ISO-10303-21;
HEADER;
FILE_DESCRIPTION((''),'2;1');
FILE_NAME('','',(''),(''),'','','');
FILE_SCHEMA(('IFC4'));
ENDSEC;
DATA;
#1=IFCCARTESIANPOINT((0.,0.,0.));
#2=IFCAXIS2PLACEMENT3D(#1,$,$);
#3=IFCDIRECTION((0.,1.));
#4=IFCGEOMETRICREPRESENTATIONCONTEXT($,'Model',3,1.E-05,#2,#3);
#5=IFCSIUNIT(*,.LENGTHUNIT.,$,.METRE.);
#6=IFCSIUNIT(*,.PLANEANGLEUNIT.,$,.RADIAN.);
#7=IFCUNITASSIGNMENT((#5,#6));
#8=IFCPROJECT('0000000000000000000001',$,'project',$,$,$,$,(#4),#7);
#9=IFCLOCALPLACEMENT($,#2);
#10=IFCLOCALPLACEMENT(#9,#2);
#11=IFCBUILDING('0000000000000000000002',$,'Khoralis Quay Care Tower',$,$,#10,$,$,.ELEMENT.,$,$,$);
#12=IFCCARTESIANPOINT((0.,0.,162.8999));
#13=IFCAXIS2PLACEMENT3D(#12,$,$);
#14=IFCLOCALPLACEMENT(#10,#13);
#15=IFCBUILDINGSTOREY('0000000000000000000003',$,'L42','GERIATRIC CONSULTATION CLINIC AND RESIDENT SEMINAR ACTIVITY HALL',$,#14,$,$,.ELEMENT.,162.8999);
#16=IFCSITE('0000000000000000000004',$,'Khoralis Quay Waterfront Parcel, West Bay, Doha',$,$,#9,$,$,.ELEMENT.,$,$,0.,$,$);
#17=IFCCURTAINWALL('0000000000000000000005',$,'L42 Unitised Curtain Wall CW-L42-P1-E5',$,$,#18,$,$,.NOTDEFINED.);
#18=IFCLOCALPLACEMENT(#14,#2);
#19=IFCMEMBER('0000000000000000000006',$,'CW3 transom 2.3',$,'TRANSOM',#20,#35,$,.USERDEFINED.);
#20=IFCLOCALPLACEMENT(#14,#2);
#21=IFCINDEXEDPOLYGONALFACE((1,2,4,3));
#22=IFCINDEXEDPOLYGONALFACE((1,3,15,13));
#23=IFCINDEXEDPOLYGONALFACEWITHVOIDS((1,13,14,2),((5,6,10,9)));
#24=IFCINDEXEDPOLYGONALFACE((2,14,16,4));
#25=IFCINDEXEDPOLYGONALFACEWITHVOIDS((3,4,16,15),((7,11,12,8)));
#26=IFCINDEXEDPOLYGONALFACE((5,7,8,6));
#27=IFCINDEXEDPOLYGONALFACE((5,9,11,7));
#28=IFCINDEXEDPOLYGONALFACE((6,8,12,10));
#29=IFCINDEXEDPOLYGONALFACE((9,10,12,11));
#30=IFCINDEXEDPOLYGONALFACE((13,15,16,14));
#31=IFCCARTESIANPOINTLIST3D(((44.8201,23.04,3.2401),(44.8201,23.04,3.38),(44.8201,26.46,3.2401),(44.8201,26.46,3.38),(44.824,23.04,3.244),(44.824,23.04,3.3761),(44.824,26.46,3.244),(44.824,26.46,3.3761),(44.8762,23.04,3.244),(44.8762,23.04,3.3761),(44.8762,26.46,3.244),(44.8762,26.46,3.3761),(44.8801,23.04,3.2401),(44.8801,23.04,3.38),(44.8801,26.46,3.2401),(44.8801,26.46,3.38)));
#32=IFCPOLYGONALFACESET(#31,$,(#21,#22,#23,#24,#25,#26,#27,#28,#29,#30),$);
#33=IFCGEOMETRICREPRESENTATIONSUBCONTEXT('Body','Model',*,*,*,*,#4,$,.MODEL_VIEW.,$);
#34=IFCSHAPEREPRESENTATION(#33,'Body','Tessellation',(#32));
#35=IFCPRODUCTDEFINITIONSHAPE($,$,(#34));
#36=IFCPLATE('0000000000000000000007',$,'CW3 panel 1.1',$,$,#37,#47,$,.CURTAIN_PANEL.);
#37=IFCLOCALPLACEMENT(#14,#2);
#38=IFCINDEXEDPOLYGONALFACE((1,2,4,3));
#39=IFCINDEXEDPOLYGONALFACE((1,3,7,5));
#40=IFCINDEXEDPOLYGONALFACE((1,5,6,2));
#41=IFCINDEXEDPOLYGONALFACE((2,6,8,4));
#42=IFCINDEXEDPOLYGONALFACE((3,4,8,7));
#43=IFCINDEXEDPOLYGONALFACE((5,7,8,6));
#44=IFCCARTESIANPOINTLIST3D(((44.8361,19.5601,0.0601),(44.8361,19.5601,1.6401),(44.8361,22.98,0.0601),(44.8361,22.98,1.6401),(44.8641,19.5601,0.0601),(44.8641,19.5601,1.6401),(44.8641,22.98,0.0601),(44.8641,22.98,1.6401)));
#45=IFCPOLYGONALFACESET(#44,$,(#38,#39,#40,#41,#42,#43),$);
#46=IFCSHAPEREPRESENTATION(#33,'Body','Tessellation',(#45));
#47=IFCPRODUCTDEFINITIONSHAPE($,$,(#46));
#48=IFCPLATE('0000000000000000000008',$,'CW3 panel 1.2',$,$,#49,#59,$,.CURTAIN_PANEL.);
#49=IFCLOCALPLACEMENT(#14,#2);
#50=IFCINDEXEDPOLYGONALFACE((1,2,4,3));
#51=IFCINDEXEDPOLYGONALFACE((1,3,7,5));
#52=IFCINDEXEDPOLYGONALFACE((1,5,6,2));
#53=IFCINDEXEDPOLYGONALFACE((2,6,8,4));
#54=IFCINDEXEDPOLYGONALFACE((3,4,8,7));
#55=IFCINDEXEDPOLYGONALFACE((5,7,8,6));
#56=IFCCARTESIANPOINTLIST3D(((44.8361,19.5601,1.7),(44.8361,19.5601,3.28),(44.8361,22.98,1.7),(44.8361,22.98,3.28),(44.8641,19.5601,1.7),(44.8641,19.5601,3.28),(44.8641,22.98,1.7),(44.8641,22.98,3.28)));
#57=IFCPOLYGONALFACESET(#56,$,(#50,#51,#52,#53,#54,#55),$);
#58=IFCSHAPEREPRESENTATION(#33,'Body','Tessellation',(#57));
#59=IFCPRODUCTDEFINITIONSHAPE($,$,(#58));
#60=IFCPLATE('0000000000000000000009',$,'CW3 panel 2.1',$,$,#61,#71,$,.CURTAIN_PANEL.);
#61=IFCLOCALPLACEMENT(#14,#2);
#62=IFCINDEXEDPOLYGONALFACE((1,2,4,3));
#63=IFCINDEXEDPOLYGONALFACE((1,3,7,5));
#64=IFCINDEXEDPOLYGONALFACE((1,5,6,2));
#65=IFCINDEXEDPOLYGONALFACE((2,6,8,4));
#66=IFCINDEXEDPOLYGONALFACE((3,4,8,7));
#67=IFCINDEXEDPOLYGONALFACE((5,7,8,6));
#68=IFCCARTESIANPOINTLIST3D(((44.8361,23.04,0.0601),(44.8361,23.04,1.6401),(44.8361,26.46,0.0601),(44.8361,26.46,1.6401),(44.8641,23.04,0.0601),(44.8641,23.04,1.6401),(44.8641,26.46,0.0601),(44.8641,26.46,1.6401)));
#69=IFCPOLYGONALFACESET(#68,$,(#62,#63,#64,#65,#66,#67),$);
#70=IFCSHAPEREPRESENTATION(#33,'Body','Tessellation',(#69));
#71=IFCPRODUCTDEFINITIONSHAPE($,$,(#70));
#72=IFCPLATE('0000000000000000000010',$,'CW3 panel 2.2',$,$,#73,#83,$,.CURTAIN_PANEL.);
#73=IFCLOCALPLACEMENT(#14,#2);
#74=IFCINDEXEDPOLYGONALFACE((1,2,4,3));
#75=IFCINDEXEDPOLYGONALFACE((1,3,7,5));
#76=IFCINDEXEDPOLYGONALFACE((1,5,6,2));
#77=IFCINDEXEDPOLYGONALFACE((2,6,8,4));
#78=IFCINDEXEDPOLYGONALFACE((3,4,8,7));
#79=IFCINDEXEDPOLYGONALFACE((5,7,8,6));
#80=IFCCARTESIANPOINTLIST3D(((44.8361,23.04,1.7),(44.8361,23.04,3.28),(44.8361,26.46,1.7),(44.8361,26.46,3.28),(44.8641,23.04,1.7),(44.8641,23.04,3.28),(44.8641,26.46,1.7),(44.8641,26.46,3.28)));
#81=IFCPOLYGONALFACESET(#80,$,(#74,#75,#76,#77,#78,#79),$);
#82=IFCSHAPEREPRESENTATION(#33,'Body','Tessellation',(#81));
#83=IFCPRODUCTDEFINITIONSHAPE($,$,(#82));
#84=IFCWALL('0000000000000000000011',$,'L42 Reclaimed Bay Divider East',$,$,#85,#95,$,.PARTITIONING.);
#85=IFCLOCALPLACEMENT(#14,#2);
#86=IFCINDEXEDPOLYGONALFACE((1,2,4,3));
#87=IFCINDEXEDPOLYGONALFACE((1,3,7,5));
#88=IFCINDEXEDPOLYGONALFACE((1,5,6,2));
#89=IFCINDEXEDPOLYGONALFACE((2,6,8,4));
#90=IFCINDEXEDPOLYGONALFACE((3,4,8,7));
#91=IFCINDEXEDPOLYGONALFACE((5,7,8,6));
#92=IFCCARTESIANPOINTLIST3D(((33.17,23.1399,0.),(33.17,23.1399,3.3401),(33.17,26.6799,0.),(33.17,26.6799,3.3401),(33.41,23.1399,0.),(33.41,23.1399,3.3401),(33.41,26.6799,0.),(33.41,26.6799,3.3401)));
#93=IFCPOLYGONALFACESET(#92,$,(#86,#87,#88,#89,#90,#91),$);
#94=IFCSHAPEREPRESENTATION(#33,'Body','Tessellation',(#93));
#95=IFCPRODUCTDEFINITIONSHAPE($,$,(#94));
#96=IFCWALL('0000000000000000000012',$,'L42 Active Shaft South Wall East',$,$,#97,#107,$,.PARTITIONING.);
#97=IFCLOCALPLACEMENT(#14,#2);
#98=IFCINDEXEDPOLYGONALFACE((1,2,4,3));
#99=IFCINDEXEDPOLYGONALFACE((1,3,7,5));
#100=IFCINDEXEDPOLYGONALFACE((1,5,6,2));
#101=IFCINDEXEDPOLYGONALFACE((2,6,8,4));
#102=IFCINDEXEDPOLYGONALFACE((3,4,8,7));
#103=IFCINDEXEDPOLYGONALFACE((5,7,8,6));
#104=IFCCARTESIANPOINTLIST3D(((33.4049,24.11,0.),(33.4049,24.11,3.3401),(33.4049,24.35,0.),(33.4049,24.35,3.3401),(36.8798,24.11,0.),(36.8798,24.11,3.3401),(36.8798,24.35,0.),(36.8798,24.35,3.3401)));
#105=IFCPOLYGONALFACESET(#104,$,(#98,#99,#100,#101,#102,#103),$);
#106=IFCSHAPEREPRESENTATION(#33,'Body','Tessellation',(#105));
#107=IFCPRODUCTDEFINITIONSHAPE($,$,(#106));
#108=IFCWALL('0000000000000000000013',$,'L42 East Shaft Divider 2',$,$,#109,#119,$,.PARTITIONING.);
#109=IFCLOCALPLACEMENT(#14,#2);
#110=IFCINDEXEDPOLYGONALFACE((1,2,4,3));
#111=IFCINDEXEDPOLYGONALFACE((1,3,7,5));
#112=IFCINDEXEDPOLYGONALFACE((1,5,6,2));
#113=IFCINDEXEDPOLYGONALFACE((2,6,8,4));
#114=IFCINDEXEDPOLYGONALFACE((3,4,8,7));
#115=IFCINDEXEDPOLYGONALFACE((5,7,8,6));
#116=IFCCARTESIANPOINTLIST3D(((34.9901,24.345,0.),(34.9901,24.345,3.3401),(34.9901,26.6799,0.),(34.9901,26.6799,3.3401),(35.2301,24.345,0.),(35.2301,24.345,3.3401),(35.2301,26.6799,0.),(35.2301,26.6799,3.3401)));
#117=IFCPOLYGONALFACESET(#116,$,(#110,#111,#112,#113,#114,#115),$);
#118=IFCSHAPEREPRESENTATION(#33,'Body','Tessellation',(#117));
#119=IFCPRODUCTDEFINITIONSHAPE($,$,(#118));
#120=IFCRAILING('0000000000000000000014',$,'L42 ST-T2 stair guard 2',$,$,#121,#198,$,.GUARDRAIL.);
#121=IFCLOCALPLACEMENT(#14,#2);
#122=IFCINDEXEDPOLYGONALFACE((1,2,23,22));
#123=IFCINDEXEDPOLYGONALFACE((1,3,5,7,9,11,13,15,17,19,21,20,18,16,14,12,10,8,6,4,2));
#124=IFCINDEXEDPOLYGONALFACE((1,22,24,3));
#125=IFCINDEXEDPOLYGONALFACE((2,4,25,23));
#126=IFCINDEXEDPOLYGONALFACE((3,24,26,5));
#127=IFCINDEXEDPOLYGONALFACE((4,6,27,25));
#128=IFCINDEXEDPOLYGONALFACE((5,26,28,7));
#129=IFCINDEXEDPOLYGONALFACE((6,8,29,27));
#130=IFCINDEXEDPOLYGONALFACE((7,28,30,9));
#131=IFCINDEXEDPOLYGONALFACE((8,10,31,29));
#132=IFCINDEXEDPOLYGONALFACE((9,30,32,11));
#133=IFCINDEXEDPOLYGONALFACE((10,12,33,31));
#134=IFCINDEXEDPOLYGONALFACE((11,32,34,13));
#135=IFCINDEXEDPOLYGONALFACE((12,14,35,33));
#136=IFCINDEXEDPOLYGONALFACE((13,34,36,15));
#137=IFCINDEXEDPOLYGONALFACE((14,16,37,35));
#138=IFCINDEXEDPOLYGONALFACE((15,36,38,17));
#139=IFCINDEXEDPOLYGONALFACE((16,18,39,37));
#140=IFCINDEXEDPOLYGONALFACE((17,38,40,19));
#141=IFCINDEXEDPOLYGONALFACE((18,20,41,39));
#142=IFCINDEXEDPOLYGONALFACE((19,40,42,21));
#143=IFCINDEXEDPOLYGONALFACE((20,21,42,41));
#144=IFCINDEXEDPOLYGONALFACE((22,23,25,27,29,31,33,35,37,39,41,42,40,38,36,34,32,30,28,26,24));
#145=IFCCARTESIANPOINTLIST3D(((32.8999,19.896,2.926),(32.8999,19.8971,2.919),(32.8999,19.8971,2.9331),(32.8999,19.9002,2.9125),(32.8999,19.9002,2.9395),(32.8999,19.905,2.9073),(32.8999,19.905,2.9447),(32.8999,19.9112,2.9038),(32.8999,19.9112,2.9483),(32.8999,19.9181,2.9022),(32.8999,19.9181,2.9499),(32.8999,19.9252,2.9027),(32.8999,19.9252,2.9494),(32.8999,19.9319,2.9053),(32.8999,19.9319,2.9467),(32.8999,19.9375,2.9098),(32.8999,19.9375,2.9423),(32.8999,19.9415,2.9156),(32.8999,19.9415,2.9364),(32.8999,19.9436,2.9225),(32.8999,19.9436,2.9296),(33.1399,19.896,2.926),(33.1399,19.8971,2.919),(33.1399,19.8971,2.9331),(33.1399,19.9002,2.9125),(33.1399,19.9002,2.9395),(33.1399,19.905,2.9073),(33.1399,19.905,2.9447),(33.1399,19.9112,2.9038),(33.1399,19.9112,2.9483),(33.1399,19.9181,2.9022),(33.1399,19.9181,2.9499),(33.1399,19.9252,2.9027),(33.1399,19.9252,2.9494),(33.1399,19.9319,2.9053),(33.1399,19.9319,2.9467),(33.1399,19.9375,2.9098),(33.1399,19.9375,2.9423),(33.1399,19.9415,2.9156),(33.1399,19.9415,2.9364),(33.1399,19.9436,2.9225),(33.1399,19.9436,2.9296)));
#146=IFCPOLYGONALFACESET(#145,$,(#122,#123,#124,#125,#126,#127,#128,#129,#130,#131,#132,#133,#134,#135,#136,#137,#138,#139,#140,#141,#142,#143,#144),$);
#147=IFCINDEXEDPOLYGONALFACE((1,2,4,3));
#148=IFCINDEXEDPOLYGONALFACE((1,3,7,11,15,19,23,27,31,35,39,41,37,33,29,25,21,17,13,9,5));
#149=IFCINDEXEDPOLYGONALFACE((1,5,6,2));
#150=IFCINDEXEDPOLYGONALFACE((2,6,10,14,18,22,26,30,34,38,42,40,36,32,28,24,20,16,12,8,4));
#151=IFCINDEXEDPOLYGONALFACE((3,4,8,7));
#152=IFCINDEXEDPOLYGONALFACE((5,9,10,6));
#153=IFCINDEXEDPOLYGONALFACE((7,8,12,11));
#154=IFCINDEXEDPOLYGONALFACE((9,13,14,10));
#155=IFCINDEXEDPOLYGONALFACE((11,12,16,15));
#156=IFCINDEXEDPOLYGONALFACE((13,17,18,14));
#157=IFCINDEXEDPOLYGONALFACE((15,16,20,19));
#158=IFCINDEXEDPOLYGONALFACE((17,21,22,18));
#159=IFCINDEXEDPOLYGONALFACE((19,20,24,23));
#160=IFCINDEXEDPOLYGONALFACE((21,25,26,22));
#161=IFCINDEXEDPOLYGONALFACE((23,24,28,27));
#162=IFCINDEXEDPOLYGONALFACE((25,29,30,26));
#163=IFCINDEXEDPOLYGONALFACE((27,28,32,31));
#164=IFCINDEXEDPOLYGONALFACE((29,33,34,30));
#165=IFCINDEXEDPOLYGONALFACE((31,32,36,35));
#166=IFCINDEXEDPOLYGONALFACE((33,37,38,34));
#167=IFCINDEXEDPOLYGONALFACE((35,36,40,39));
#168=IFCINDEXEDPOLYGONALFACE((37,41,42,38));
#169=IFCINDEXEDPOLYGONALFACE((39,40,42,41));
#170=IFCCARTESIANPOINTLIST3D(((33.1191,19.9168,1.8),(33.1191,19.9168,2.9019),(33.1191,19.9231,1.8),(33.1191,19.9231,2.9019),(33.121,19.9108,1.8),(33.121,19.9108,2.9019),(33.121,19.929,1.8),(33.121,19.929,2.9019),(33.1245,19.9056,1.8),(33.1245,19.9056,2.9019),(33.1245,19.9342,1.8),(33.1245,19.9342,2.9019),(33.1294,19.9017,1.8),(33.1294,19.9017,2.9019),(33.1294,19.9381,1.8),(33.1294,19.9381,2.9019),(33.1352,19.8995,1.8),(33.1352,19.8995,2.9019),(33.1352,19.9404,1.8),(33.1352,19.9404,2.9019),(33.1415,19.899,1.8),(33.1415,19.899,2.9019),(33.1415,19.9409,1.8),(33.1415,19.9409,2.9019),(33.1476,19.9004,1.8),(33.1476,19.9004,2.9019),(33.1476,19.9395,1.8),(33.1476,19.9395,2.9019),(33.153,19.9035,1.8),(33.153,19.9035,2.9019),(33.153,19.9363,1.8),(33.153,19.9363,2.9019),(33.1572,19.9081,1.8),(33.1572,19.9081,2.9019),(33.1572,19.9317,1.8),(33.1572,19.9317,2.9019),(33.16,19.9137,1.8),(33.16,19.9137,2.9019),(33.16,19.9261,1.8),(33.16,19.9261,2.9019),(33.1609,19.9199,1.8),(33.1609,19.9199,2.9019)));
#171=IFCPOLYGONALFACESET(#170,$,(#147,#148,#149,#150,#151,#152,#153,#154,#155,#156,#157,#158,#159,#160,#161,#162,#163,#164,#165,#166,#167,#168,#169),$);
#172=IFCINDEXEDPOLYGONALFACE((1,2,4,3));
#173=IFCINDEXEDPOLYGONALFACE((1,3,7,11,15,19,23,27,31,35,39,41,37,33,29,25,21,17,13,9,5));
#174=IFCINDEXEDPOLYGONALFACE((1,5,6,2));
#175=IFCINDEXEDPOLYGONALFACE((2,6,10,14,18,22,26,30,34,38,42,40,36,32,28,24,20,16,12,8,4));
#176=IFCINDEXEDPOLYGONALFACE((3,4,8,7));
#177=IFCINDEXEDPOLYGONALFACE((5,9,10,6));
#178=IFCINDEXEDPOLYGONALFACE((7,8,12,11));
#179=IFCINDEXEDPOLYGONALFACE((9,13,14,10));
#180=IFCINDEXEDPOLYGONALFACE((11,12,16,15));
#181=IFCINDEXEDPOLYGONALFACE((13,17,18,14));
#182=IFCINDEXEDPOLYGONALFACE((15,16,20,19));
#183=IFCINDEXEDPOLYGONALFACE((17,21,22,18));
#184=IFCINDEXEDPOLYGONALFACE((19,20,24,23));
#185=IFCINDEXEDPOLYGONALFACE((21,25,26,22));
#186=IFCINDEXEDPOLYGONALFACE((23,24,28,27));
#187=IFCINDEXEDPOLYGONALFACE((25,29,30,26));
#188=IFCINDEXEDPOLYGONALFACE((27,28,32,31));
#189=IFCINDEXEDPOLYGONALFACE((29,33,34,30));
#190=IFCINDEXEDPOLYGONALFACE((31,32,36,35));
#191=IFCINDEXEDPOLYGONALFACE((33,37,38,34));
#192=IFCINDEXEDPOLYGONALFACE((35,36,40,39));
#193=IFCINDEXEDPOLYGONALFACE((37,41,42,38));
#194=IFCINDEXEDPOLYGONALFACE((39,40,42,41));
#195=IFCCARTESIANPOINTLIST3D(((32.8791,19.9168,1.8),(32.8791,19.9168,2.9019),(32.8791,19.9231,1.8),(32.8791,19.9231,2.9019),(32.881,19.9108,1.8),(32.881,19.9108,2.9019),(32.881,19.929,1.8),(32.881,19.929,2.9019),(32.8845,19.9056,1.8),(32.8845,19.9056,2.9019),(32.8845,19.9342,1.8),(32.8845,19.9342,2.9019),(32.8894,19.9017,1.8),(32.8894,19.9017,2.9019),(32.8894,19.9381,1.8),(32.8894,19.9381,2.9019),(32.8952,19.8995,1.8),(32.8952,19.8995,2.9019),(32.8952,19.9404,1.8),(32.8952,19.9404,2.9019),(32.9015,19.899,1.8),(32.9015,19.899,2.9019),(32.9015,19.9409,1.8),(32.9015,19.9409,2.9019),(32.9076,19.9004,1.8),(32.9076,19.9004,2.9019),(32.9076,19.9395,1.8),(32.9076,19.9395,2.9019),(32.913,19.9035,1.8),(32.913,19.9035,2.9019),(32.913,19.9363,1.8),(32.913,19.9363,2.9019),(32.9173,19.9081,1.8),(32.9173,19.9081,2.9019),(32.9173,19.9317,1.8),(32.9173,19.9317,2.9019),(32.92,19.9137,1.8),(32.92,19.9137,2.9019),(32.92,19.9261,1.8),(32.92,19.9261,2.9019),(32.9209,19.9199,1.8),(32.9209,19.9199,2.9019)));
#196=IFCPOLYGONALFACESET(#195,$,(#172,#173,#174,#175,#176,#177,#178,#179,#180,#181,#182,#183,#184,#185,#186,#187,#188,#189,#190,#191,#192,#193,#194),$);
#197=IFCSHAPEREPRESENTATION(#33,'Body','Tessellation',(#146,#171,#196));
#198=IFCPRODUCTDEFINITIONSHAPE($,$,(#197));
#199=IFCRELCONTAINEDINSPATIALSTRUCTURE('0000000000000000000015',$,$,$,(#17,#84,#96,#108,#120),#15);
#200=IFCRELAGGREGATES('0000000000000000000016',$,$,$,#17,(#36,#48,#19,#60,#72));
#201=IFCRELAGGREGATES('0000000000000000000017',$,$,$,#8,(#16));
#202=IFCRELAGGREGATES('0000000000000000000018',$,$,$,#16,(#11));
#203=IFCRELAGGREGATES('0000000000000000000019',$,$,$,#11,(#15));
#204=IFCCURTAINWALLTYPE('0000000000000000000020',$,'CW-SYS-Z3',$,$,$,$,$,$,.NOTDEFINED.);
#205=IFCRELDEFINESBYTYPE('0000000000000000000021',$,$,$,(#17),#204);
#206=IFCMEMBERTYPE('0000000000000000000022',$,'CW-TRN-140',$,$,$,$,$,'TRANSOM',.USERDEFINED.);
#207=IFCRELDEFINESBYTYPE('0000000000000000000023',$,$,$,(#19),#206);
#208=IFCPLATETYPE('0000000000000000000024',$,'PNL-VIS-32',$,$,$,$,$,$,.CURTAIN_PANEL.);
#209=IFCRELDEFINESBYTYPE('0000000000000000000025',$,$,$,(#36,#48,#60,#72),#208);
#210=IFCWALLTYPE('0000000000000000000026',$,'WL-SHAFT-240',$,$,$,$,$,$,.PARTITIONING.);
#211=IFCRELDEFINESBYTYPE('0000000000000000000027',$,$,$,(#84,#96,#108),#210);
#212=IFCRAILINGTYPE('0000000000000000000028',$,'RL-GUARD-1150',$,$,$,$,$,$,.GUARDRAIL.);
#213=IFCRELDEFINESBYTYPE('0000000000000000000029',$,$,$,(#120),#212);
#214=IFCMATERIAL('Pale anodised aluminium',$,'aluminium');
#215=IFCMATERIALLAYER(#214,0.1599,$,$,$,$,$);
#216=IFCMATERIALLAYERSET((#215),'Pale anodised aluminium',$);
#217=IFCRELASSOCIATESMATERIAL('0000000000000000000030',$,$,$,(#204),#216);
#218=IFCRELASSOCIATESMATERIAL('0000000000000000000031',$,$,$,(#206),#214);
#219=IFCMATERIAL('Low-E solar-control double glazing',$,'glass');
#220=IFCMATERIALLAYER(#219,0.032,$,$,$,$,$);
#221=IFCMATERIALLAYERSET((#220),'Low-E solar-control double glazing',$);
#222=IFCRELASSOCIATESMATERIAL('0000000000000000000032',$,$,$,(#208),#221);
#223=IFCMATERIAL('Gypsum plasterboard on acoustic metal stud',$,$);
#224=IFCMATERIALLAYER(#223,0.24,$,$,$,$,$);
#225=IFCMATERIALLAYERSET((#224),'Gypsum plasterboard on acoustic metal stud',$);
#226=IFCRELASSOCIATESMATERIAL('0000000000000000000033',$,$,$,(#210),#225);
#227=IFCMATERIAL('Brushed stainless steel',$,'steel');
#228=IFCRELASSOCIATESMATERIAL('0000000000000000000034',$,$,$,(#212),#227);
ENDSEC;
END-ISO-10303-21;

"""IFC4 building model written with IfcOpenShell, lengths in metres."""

from ifc_helpers import new_model, si_unit, direction, frame, frame_2d, origin, origin_2d, place, context, subcontext, project, spatial, rectangle, hollow_rectangle, circle, extrude, source, transform, mapped, material, layer, layer_set, material_profile, profile_set, type_object, element, aggregate, save


model = new_model("IFC4")

# Units and contexts
model_context = context("Model", 3, precision=1e-05, world=origin(), true_north=direction((0.0, 1.0)))
body_context = subcontext(model_context, "Body", "Model", "MODEL_VIEW")
ifc_project = project(units=[si_unit("LENGTHUNIT", "METRE"), si_unit("PLANEANGLEUNIT", "RADIAN")], contexts=[model_context])

# Site, building, storey
site_placement = place(None, origin())
site = spatial("IfcSite", under=ifc_project, at=site_placement, Name="Khoralis Quay Waterfront Parcel, West Bay, Doha", CompositionType="ELEMENT", RefElevation=0.0)
building_placement = place(site_placement, origin())
building = spatial("IfcBuilding", under=site, at=building_placement, Name="Khoralis Quay Care Tower", CompositionType="ELEMENT")
storey_placement = place(building_placement, frame((0.0, 0.0, 162.8999)))
storey = spatial("IfcBuildingStorey", under=building, at=storey_placement, Name="L42", Description="GERIATRIC CONSULTATION CLINIC AND RESIDENT SEMINAR ACTIVITY HALL", CompositionType="ELEMENT", Elevation=162.8999)

# Curtain wall, member, plates
ifc_material_1 = material(Name="Pale anodised aluminium", Category="aluminium")
ifc_layer_1 = layer(ifc_material_1, 0.1599)
ifc_layer_set_1 = layer_set([ifc_layer_1], Name="Pale anodised aluminium")
curtain_wall_type = type_object("IfcCurtainWallType", Name="CW-SYS-Z3", PredefinedType="NOTDEFINED", material=ifc_layer_set_1)
curtain_wall_placement = place(storey_placement, origin())
curtain_wall = element("IfcCurtainWall", 1, at=curtain_wall_placement, inside=storey, type_object=curtain_wall_type, Name="L42 Unitised Curtain Wall CW-L42-P1-E5", PredefinedType="NOTDEFINED")
ifc_material_profile_1 = material_profile(ifc_material_1, hollow_rectangle(XDim=0.0601, YDim=0.1399, WallThickness=0.0039, at=origin_2d()), Name="Pale anodised aluminium")
ifc_profile_set_1 = profile_set([ifc_material_profile_1], Name="Pale anodised aluminium")
member_type_1 = type_object("IfcMemberType", Name="CW-TRN-140", ElementType="TRANSOM", PredefinedType="USERDEFINED", material=ifc_profile_set_1)
shared_shape_1 = source(origin(), body_context, "Body", "SweptSolid", [
    extrude(hollow_rectangle(XDim=0.0601, YDim=0.1399, WallThickness=0.0039, at=origin_2d()), origin(), (0.0, 0.0, 1.0), 3.4199),
])
member_1_placement = place(storey_placement, frame((44.8501, 23.04, 3.3101), z_axis=(0.0, 1.0, 0.0), x_axis=(-1.0, 0.0, 0.0)))
member_1 = element("IfcMember", 2, at=member_1_placement, type_object=member_type_1, Name="CW3 transom 2.3", ObjectType="TRANSOM", PredefinedType="USERDEFINED", context=body_context, shape_type="MappedRepresentation", body=[
    mapped(shared_shape_1, transform((0.0, 0.0, 0.0), scale=1.0)),
])
ifc_material_2 = material(Name="Low-E solar-control double glazing", Category="glass")
ifc_layer_2 = layer(ifc_material_2, 0.032)
ifc_layer_set_2 = layer_set([ifc_layer_2], Name="Low-E solar-control double glazing")
plate_type = type_object("IfcPlateType", Name="PNL-VIS-32", PredefinedType="CURTAIN_PANEL", material=ifc_layer_set_2)
shared_shape_2 = source(origin(), body_context, "Body", "SweptSolid", [
    extrude(rectangle(XDim=3.4199, YDim=0.0281, at=origin_2d()), origin(), (0.0, 0.0, 1.0), 1.5801),
])
plate_1_placement = place(storey_placement, frame((44.8501, 21.27, 0.0601), z_axis=(0.0, 0.0, 1.0), x_axis=(0.0, 1.0, 0.0)))
plate_1 = element("IfcPlate", 3, at=plate_1_placement, type_object=plate_type, Name="CW3 panel 1.1", PredefinedType="CURTAIN_PANEL", context=body_context, shape_type="MappedRepresentation", body=[
    mapped(shared_shape_2, transform((0.0, 0.0, 0.0), scale=1.0)),
])
plate_2_placement = place(storey_placement, frame((44.8501, 21.27, 1.7), z_axis=(0.0, 0.0, 1.0), x_axis=(0.0, 1.0, 0.0)))
plate_2 = element("IfcPlate", 4, at=plate_2_placement, type_object=plate_type, Name="CW3 panel 1.2", PredefinedType="CURTAIN_PANEL", context=body_context, shape_type="MappedRepresentation", body=[
    mapped(shared_shape_2, transform((0.0, 0.0, 0.0), scale=1.0)),
])
plate_3_placement = place(storey_placement, frame((44.8501, 24.75, 0.0601), z_axis=(0.0, 0.0, 1.0), x_axis=(0.0, 1.0, 0.0)))
plate_3 = element("IfcPlate", 5, at=plate_3_placement, type_object=plate_type, Name="CW3 panel 2.1", PredefinedType="CURTAIN_PANEL", context=body_context, shape_type="MappedRepresentation", body=[
    mapped(shared_shape_2, transform((0.0, 0.0, 0.0), scale=1.0)),
])
plate_4_placement = place(storey_placement, frame((44.8501, 24.75, 1.7), z_axis=(0.0, 0.0, 1.0), x_axis=(0.0, 1.0, 0.0)))
plate_4 = element("IfcPlate", 6, at=plate_4_placement, type_object=plate_type, Name="CW3 panel 2.2", PredefinedType="CURTAIN_PANEL", context=body_context, shape_type="MappedRepresentation", body=[
    mapped(shared_shape_2, transform((0.0, 0.0, 0.0), scale=1.0)),
])
aggregate(curtain_wall, [plate_1, plate_2, member_1, plate_3, plate_4])

# Walls
ifc_material_3 = material(Name="Gypsum plasterboard on acoustic metal stud")
ifc_layer_3 = layer(ifc_material_3, 0.24)
ifc_layer_set_3 = layer_set([ifc_layer_3], Name="Gypsum plasterboard on acoustic metal stud")
wall_type = type_object("IfcWallType", Name="WL-SHAFT-240", PredefinedType="PARTITIONING", material=ifc_layer_set_3)
wall_1_placement = place(storey_placement, frame((33.29, 23.1399, 0.0), z_axis=(0.0, 0.0, 1.0), x_axis=(0.0, 1.0, 0.0)))
element("IfcWall", 7, at=wall_1_placement, inside=storey, type_object=wall_type, Name="L42 Reclaimed Bay Divider East", PredefinedType="PARTITIONING", context=body_context, shape_type="SweptSolid", body=[
    extrude(rectangle(XDim=3.54, YDim=0.24, at=frame_2d((1.77, 0.0))), origin(), (0.0, 0.0, 1.0), 3.3401),
])
wall_2_placement = place(storey_placement, frame((33.405, 24.23, 0.0), z_axis=(0.0, 0.0, 1.0), x_axis=(1.0, 0.0, 0.0)))
element("IfcWall", 8, at=wall_2_placement, inside=storey, type_object=wall_type, Name="L42 Active Shaft South Wall East", PredefinedType="PARTITIONING", context=body_context, shape_type="SweptSolid", body=[
    extrude(rectangle(XDim=3.4749, YDim=0.24, at=frame_2d((1.7373, 0.0))), origin(), (0.0, 0.0, 1.0), 3.3401),
])
wall_3_placement = place(storey_placement, frame((35.1101, 24.345, 0.0), z_axis=(0.0, 0.0, 1.0), x_axis=(0.0, 1.0, 0.0)))
element("IfcWall", 9, at=wall_3_placement, inside=storey, type_object=wall_type, Name="L42 East Shaft Divider 2", PredefinedType="PARTITIONING", context=body_context, shape_type="SweptSolid", body=[
    extrude(rectangle(XDim=2.335, YDim=0.24, at=frame_2d((1.1675, 0.0))), origin(), (0.0, 0.0, 1.0), 3.3401),
])

# Railing
ifc_material_4 = material(Name="Brushed stainless steel", Category="steel")
railing_type = type_object("IfcRailingType", Name="RL-GUARD-1150", PredefinedType="GUARDRAIL", material=ifc_material_4)
railing_1_placement = place(storey_placement, frame((33.1399, 19.9199, 1.8)))
element("IfcRailing", 10, at=railing_1_placement, inside=storey, type_object=railing_type, Name="L42 ST-T2 stair guard 2", PredefinedType="GUARDRAIL", context=body_context, shape_type="SweptSolid", body=[
    extrude(circle(Radius=0.0239, at=origin_2d()), frame((0.0, 0.0, 1.126), z_axis=(-1.0, 0.0, 0.0), x_axis=(0.0, -1.0, 0.0)), (0.0, 0.0, 1.0), 0.24),
    extrude(circle(Radius=0.021, at=origin_2d()), origin(), (0.0, 0.0, 1.0), 1.1018),
    extrude(circle(Radius=0.021, at=origin_2d()), frame((-0.24, 0.0, 0.0)), (0.0, 0.0, 1.0), 1.1018),
])

save(model, "model.ifc")
